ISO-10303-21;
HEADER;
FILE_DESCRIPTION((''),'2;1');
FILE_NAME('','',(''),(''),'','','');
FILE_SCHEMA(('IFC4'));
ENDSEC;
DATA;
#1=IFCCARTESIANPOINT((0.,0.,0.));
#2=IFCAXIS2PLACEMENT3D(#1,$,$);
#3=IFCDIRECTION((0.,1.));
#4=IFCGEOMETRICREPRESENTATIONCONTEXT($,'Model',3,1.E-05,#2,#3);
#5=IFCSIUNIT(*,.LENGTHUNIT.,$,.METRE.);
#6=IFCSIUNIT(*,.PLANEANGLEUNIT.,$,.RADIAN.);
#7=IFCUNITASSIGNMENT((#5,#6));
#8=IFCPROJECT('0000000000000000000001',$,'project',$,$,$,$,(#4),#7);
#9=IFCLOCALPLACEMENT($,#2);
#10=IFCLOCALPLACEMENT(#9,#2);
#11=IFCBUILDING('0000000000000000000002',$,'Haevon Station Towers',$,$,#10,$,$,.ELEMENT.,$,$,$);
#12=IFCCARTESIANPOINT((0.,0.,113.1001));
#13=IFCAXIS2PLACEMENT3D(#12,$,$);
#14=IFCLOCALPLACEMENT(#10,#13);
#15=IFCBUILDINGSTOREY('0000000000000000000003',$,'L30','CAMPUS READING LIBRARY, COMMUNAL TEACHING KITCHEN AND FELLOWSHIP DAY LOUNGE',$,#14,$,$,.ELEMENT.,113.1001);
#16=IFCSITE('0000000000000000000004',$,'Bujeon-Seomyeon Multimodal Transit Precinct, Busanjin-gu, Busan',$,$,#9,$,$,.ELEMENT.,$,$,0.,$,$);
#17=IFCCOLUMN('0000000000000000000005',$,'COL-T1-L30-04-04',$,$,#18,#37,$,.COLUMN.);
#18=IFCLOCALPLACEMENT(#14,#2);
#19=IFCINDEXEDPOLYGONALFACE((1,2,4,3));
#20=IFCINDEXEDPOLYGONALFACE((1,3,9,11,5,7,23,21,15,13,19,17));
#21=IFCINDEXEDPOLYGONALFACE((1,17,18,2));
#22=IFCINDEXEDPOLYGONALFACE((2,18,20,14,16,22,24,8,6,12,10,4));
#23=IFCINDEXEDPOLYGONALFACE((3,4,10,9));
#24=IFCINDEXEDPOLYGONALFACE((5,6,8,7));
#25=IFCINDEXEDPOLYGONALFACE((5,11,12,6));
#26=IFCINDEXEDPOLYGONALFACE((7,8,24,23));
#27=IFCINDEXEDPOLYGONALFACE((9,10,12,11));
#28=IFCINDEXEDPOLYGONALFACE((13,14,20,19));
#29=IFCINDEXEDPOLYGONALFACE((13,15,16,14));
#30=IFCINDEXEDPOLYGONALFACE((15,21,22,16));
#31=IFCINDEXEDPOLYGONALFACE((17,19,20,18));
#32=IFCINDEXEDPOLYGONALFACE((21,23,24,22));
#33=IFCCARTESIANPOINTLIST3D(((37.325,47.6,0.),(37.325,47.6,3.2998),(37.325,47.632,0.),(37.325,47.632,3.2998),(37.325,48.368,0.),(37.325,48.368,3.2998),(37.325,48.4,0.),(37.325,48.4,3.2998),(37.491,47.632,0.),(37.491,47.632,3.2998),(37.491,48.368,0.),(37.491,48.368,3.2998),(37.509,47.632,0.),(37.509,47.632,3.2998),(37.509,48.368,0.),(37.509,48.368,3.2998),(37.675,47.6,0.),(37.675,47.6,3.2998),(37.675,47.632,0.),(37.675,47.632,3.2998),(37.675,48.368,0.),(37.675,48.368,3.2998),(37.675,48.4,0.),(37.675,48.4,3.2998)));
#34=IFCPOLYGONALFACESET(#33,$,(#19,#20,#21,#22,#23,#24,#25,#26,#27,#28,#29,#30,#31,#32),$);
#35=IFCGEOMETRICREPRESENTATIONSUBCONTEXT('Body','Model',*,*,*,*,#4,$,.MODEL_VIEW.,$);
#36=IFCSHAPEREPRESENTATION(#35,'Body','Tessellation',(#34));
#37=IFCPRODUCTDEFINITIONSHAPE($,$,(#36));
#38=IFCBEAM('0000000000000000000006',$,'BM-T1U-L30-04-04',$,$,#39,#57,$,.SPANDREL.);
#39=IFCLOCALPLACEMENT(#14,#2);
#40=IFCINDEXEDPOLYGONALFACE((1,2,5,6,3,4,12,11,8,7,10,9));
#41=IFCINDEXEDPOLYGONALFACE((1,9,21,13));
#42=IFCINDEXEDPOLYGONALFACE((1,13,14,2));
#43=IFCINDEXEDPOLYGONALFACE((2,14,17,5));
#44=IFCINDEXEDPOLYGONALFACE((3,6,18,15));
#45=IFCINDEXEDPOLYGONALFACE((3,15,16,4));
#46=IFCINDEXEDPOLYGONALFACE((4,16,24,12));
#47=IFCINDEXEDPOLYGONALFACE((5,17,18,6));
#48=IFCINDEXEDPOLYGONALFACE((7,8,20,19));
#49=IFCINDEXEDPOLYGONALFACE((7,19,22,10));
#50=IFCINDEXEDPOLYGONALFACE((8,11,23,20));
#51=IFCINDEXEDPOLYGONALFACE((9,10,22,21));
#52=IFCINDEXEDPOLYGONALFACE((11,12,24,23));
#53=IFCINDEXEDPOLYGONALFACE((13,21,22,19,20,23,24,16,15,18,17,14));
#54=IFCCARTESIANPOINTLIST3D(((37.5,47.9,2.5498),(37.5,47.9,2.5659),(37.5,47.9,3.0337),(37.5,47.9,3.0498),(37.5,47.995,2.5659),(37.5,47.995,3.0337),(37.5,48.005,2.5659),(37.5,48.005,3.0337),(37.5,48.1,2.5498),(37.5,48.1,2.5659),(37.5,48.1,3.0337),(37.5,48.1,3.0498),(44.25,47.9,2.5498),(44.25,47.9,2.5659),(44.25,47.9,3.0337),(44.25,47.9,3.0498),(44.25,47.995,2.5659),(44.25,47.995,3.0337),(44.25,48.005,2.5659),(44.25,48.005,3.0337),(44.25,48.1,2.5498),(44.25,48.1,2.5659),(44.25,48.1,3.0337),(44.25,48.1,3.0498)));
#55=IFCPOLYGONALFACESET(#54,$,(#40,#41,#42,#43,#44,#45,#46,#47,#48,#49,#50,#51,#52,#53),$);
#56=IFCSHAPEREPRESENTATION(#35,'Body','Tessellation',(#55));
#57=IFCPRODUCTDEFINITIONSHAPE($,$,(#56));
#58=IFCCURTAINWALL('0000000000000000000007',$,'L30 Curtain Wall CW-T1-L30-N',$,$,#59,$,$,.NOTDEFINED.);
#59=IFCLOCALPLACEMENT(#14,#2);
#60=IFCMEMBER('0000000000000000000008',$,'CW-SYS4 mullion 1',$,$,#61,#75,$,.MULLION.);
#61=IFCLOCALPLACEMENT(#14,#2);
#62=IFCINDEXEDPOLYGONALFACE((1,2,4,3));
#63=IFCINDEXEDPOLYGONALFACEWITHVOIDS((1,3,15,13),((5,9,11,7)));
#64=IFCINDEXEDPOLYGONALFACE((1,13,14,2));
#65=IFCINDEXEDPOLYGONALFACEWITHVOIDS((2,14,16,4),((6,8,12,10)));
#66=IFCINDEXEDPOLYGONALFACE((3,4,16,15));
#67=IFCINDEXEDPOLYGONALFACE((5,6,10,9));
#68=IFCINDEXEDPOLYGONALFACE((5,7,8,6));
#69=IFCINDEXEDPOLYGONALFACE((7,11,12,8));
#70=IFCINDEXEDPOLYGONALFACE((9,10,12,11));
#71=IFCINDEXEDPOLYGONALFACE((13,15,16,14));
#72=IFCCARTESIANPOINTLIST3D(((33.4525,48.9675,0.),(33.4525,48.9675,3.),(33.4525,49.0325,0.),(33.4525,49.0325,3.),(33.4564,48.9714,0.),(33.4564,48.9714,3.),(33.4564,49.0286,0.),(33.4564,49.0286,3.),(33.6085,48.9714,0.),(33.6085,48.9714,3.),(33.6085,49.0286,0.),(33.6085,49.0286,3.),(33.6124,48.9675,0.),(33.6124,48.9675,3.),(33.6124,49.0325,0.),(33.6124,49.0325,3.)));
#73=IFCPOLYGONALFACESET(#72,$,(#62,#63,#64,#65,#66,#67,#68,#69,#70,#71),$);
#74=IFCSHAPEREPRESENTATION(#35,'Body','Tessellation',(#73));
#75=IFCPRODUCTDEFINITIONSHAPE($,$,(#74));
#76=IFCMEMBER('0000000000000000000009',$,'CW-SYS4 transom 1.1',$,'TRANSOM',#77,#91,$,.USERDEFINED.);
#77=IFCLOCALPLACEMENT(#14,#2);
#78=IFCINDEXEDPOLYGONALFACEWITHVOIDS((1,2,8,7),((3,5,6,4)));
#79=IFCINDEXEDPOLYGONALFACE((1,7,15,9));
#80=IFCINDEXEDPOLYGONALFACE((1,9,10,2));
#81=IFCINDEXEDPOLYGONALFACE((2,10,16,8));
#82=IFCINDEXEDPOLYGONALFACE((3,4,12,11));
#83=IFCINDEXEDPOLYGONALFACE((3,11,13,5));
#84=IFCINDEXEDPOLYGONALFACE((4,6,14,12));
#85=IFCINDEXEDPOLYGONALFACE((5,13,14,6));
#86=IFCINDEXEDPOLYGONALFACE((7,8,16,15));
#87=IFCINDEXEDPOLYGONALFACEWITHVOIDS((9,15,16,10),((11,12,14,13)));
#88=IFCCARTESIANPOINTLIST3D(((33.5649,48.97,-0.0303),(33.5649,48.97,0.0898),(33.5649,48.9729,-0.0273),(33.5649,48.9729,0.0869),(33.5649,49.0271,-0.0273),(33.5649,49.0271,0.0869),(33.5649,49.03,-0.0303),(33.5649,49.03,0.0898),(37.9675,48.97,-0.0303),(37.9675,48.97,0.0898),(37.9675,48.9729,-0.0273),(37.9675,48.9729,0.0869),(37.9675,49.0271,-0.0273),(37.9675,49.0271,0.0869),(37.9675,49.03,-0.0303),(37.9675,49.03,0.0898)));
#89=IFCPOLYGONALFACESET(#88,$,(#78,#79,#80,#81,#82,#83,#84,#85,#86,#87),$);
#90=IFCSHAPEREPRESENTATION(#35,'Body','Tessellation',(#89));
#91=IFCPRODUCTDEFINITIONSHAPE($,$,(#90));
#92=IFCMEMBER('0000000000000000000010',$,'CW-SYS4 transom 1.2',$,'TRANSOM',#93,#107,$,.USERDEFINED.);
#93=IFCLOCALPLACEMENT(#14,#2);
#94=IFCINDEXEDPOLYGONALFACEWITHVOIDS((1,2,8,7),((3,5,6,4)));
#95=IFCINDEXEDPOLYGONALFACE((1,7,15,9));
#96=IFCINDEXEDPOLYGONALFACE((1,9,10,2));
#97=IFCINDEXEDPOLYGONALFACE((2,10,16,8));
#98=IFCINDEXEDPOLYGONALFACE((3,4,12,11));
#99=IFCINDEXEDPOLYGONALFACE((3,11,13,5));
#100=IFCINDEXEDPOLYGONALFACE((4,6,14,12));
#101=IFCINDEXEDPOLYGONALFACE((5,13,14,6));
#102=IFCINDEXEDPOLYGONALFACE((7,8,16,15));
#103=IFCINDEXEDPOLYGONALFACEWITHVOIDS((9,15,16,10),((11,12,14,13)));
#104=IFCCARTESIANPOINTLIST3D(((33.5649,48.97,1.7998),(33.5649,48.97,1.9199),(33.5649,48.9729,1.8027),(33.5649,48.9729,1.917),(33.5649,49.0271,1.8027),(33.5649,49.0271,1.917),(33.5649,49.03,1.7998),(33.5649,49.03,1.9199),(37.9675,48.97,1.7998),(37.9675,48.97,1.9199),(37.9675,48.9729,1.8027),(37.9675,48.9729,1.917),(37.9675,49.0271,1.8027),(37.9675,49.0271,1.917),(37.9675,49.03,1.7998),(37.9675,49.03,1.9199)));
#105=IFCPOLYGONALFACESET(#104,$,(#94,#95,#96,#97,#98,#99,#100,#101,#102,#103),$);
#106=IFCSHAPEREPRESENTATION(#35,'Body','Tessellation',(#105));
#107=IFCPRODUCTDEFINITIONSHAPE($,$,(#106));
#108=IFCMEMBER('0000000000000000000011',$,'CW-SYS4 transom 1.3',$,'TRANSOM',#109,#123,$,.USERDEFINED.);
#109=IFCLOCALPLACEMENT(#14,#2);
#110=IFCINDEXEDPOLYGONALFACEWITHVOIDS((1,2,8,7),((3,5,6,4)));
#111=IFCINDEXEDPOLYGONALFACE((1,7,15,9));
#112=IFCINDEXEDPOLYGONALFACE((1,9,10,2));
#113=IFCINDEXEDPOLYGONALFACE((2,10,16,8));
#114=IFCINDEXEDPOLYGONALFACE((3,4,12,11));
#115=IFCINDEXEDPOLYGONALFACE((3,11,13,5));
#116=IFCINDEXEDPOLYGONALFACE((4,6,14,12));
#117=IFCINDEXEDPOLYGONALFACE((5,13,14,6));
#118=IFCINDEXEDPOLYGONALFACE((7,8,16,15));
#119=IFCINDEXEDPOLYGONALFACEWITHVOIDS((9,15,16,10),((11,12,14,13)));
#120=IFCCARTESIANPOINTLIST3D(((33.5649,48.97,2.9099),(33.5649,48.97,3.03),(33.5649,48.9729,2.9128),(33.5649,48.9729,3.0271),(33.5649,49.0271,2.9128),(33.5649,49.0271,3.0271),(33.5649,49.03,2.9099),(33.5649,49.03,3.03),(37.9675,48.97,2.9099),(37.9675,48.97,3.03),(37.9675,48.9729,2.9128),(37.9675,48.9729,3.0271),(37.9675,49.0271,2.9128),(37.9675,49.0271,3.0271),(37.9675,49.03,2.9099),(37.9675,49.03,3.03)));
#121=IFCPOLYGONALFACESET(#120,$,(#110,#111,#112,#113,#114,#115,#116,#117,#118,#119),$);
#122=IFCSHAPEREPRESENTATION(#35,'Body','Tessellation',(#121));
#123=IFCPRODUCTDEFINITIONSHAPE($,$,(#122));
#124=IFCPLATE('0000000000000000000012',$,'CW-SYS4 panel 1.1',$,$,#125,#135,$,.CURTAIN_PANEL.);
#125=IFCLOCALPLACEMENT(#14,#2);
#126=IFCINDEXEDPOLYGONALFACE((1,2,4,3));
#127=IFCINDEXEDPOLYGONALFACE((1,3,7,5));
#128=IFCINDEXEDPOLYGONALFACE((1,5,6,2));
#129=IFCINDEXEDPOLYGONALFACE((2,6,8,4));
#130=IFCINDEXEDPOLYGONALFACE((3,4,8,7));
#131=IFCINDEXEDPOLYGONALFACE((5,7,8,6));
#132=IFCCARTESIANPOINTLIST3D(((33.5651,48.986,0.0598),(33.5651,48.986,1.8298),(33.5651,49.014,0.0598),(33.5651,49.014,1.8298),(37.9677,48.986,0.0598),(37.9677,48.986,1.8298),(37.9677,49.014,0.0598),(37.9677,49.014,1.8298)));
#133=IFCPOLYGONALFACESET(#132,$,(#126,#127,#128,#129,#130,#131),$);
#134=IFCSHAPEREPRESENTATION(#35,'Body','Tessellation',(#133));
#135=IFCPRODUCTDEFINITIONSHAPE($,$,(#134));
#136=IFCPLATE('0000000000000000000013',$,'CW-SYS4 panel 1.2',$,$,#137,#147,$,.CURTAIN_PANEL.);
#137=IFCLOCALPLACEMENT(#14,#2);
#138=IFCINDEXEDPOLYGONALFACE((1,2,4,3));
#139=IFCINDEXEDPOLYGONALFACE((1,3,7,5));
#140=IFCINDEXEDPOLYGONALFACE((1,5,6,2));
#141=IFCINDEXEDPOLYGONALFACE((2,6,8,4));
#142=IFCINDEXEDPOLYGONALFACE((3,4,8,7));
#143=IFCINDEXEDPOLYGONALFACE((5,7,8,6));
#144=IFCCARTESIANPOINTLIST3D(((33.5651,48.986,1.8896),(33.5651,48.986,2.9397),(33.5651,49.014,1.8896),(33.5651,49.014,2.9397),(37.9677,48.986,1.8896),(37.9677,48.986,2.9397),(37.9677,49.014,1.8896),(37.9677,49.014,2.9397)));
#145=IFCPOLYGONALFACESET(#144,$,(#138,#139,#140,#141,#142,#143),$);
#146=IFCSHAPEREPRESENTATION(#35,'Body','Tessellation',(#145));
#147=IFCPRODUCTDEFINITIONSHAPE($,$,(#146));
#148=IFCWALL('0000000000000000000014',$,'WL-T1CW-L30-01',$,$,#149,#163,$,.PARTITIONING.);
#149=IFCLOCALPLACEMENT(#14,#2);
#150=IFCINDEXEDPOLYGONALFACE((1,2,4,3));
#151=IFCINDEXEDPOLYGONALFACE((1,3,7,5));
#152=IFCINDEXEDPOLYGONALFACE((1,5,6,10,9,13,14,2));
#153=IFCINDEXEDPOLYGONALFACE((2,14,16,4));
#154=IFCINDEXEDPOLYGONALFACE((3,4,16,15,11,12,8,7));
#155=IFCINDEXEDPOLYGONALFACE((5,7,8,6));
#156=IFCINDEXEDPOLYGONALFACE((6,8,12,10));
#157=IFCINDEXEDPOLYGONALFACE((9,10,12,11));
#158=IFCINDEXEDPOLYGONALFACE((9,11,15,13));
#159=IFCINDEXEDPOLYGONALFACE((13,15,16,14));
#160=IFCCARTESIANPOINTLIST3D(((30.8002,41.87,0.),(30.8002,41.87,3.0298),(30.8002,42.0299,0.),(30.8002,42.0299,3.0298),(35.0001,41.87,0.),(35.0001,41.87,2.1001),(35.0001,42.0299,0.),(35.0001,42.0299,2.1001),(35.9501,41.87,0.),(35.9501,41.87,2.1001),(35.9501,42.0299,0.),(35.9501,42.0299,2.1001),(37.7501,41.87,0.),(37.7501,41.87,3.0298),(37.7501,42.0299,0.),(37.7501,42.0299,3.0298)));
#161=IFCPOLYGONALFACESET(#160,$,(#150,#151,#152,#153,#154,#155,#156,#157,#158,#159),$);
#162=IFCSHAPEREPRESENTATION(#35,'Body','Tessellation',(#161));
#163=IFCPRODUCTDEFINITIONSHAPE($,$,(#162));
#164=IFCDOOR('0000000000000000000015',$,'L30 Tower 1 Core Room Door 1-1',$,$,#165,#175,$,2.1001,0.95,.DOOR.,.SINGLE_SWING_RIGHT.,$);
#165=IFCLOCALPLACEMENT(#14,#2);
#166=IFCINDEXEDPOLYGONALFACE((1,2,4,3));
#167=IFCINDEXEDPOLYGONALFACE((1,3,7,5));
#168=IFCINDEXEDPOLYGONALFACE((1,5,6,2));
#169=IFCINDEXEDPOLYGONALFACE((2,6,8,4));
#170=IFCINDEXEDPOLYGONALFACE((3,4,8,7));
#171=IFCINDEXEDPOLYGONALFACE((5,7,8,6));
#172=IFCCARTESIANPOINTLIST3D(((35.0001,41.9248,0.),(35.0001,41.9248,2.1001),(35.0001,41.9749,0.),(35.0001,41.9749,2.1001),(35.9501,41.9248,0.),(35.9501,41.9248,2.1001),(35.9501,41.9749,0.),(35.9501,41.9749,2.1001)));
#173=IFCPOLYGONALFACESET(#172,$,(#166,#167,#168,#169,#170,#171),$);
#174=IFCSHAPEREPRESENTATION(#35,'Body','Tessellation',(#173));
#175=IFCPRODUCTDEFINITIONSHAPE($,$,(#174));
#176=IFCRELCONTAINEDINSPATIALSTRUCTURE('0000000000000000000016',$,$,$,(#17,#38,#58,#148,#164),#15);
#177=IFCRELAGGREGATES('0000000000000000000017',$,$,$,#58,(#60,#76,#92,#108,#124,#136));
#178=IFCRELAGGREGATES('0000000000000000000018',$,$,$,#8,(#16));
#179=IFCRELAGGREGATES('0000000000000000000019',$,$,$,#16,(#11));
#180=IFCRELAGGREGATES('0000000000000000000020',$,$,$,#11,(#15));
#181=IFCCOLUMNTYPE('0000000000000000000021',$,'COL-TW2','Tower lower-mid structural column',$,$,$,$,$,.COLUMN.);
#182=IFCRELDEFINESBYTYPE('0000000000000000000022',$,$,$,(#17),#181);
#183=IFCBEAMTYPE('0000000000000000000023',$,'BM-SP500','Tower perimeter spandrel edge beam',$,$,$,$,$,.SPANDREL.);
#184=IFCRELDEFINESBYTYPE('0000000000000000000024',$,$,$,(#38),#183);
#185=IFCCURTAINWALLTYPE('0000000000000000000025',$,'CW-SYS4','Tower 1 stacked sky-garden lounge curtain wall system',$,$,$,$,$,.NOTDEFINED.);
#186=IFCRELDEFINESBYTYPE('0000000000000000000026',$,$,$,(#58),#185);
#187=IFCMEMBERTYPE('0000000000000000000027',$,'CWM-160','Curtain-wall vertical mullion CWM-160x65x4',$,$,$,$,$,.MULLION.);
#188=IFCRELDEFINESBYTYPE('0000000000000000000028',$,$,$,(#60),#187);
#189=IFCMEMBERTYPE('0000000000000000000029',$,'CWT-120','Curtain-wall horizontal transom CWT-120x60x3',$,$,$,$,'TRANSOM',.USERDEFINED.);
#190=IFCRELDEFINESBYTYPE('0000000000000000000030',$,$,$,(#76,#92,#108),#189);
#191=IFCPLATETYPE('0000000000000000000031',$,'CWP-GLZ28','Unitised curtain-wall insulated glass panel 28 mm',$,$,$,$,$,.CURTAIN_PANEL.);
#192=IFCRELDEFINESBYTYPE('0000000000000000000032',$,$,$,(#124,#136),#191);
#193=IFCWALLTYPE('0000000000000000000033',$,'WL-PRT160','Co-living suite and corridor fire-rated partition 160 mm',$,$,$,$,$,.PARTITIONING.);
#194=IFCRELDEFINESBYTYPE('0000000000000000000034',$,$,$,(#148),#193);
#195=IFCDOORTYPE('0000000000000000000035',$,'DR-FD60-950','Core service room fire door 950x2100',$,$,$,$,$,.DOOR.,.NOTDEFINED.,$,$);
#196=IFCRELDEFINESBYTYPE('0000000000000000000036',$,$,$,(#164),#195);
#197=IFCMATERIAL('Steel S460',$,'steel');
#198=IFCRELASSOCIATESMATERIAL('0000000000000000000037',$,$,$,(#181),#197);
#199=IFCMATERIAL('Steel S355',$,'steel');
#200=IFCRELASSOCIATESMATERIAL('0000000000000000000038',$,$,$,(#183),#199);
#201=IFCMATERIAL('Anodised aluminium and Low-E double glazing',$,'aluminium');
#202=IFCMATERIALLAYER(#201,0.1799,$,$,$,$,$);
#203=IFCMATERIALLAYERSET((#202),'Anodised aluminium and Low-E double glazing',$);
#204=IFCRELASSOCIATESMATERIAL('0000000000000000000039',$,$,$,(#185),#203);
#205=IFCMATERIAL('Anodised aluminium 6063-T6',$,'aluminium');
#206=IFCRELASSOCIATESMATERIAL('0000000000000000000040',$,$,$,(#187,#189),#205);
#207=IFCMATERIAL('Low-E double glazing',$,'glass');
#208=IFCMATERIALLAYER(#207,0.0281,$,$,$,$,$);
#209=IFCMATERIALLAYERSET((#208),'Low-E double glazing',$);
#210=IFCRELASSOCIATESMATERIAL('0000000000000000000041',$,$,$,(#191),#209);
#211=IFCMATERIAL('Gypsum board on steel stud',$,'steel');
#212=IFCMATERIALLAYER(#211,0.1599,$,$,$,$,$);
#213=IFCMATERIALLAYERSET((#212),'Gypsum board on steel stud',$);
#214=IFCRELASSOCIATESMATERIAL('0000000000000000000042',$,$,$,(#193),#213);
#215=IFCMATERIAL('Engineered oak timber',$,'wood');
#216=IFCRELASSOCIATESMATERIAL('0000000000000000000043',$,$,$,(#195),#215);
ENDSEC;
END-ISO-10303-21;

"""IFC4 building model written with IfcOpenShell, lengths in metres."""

from ifc_helpers import new_model, si_unit, direction, frame, frame_2d, origin, origin_2d, place, context, subcontext, project, spatial, rectangle, hollow_rectangle, i_section, extrude, material, layer, layer_set, material_profile, profile_set, type_object, element, fill, aggregate, save


model = new_model("IFC4")

# Units and contexts
model_context = context("Model", 3, precision=1e-05, world=origin(), true_north=direction((0.0, 1.0)))
body_context = subcontext(model_context, "Body", "Model", "MODEL_VIEW")
ifc_project = project(units=[si_unit("LENGTHUNIT", "METRE"), si_unit("PLANEANGLEUNIT", "RADIAN")], contexts=[model_context])

# Site, building, storey
site_placement = place(None, origin())
site = spatial("IfcSite", under=ifc_project, at=site_placement, Name="Bujeon-Seomyeon Multimodal Transit Precinct, Busanjin-gu, Busan", CompositionType="ELEMENT", RefElevation=0.0)
building_placement = place(site_placement, origin())
building = spatial("IfcBuilding", under=site, at=building_placement, Name="Haevon Station Towers", CompositionType="ELEMENT")
storey_placement = place(building_placement, frame((0.0, 0.0, 113.1001)))
storey = spatial("IfcBuildingStorey", under=building, at=storey_placement, Name="L30", Description="CAMPUS READING LIBRARY, COMMUNAL TEACHING KITCHEN AND FELLOWSHIP DAY LOUNGE", CompositionType="ELEMENT", Elevation=113.1001)

# Column
ifc_material_1 = material(Name="Steel S460", Category="steel")
ifc_material_profile_1 = material_profile(ifc_material_1, i_section(OverallWidth=0.3501, OverallDepth=0.8, WebThickness=0.0181, FlangeThickness=0.032, at=origin_2d()), Name="H-800x350x18x32")
ifc_profile_set_1 = profile_set([ifc_material_profile_1], Name="Steel S460")
column_type = type_object("IfcColumnType", Name="COL-TW2", Description="Tower lower-mid structural column", PredefinedType="COLUMN", material=ifc_profile_set_1)
column_placement = place(storey_placement, frame((37.5, 48.0, 0.0), z_axis=(0.0, 0.0, 1.0), x_axis=(1.0, 0.0, 0.0)))
element("IfcColumn", 1, at=column_placement, inside=storey, type_object=column_type, Name="COL-T1-L30-04-04", PredefinedType="COLUMN", context=body_context, shape_type="SweptSolid", body=[
    extrude(i_section(OverallWidth=0.3501, OverallDepth=0.8, WebThickness=0.0181, FlangeThickness=0.032, at=origin_2d()), origin(), (0.0, 0.0, 1.0), 3.2998),
])

# Beam
ifc_material_2 = material(Name="Steel S355", Category="steel")
ifc_material_profile_2 = material_profile(ifc_material_2, i_section(OverallWidth=0.2, OverallDepth=0.5, WebThickness=0.01, FlangeThickness=0.0161, at=origin_2d()), Name="H-500x200x10x16")
ifc_profile_set_2 = profile_set([ifc_material_profile_2], Name="Steel S355")
beam_type = type_object("IfcBeamType", Name="BM-SP500", Description="Tower perimeter spandrel edge beam", PredefinedType="SPANDREL", material=ifc_profile_set_2)
beam_placement = place(storey_placement, frame((37.5, 48.0, 2.7998), z_axis=(1.0, 0.0, 0.0), x_axis=(0.0, 1.0, 0.0)))
element("IfcBeam", 2, at=beam_placement, inside=storey, type_object=beam_type, Name="BM-T1U-L30-04-04", PredefinedType="SPANDREL", context=body_context, shape_type="SweptSolid", body=[
    extrude(i_section(OverallWidth=0.2, OverallDepth=0.5, WebThickness=0.01, FlangeThickness=0.0161, at=origin_2d()), origin(), (0.0, 0.0, 1.0), 6.75),
])

# Curtain wall, members, plates
ifc_material_3 = material(Name="Anodised aluminium and Low-E double glazing", Category="aluminium")
ifc_layer_1 = layer(ifc_material_3, 0.1799)
ifc_layer_set_1 = layer_set([ifc_layer_1], Name="Anodised aluminium and Low-E double glazing")
curtain_wall_type = type_object("IfcCurtainWallType", Name="CW-SYS4", Description="Tower 1 stacked sky-garden lounge curtain wall system", PredefinedType="NOTDEFINED", material=ifc_layer_set_1)
curtain_wall_placement = place(storey_placement, origin())
curtain_wall = element("IfcCurtainWall", 3, at=curtain_wall_placement, inside=storey, type_object=curtain_wall_type, Name="L30 Curtain Wall CW-T1-L30-N", PredefinedType="NOTDEFINED")
ifc_material_4 = material(Name="Anodised aluminium 6063-T6", Category="aluminium")
ifc_material_profile_3 = material_profile(ifc_material_4, hollow_rectangle(XDim=0.0649, YDim=0.1599, WallThickness=0.0039, at=origin_2d()), Name="CWM-160x65x4")
ifc_profile_set_3 = profile_set([ifc_material_profile_3], Name="Anodised aluminium 6063-T6")
member_type_1 = type_object("IfcMemberType", Name="CWM-160", Description="Curtain-wall vertical mullion CWM-160x65x4", PredefinedType="MULLION", material=ifc_profile_set_3)
member_1_placement = place(storey_placement, frame((33.5325, 49.0, 0.0), z_axis=(0.0, 0.0, 1.0), x_axis=(0.0, 1.0, 0.0)))
member_1 = element("IfcMember", 4, at=member_1_placement, type_object=member_type_1, Name="CW-SYS4 mullion 1", PredefinedType="MULLION", context=body_context, shape_type="SweptSolid", body=[
    extrude(hollow_rectangle(XDim=0.0649, YDim=0.1599, WallThickness=0.0039, at=origin_2d()), origin(), (0.0, 0.0, 1.0), 3.0),
])
ifc_material_profile_4 = material_profile(ifc_material_4, hollow_rectangle(XDim=0.0601, YDim=0.1201, WallThickness=0.0029, at=origin_2d()), Name="CWT-120x60x3")
ifc_profile_set_4 = profile_set([ifc_material_profile_4], Name="Anodised aluminium 6063-T6")
member_type_2 = type_object("IfcMemberType", Name="CWT-120", Description="Curtain-wall horizontal transom CWT-120x60x3", ElementType="TRANSOM", PredefinedType="USERDEFINED", material=ifc_profile_set_4)
member_2_placement = place(storey_placement, frame((33.5649, 49.0, 0.0298), z_axis=(1.0, 0.0, 0.0), x_axis=(0.0, 1.0, 0.0)))
member_2 = element("IfcMember", 5, at=member_2_placement, type_object=member_type_2, Name="CW-SYS4 transom 1.1", ObjectType="TRANSOM", PredefinedType="USERDEFINED", context=body_context, shape_type="SweptSolid", body=[
    extrude(hollow_rectangle(XDim=0.0601, YDim=0.1201, WallThickness=0.0029, at=origin_2d()), origin(), (0.0, 0.0, 1.0), 4.4026),
])
member_3_placement = place(storey_placement, frame((33.5649, 49.0, 1.8599), z_axis=(1.0, 0.0, 0.0), x_axis=(0.0, 1.0, 0.0)))
member_3 = element("IfcMember", 6, at=member_3_placement, type_object=member_type_2, Name="CW-SYS4 transom 1.2", ObjectType="TRANSOM", PredefinedType="USERDEFINED", context=body_context, shape_type="SweptSolid", body=[
    extrude(hollow_rectangle(XDim=0.0601, YDim=0.1201, WallThickness=0.0029, at=origin_2d()), origin(), (0.0, 0.0, 1.0), 4.4026),
])
member_4_placement = place(storey_placement, frame((33.5649, 49.0, 2.97), z_axis=(1.0, 0.0, 0.0), x_axis=(0.0, 1.0, 0.0)))
member_4 = element("IfcMember", 7, at=member_4_placement, type_object=member_type_2, Name="CW-SYS4 transom 1.3", ObjectType="TRANSOM", PredefinedType="USERDEFINED", context=body_context, shape_type="SweptSolid", body=[
    extrude(hollow_rectangle(XDim=0.0601, YDim=0.1201, WallThickness=0.0029, at=origin_2d()), origin(), (0.0, 0.0, 1.0), 4.4026),
])
ifc_material_5 = material(Name="Low-E double glazing", Category="glass")
ifc_layer_2 = layer(ifc_material_5, 0.0281)
ifc_layer_set_2 = layer_set([ifc_layer_2], Name="Low-E double glazing")
plate_type = type_object("IfcPlateType", Name="CWP-GLZ28", Description="Unitised curtain-wall insulated glass panel 28 mm", PredefinedType="CURTAIN_PANEL", material=ifc_layer_set_2)
plate_1_placement = place(storey_placement, frame((35.7664, 49.0, 0.0598), z_axis=(0.0, 0.0, 1.0), x_axis=(1.0, 0.0, 0.0)))
plate_1 = element("IfcPlate", 8, at=plate_1_placement, type_object=plate_type, Name="CW-SYS4 panel 1.1", PredefinedType="CURTAIN_PANEL", context=body_context, shape_type="SweptSolid", body=[
    extrude(rectangle(XDim=4.4026, YDim=0.0281, at=origin_2d()), origin(), (0.0, 0.0, 1.0), 1.77),
])
plate_2_placement = place(storey_placement, frame((35.7664, 49.0, 1.8896), z_axis=(0.0, 0.0, 1.0), x_axis=(1.0, 0.0, 0.0)))
plate_2 = element("IfcPlate", 9, at=plate_2_placement, type_object=plate_type, Name="CW-SYS4 panel 1.2", PredefinedType="CURTAIN_PANEL", context=body_context, shape_type="SweptSolid", body=[
    extrude(rectangle(XDim=4.4026, YDim=0.0281, at=origin_2d()), origin(), (0.0, 0.0, 1.0), 1.05),
])
aggregate(curtain_wall, [member_1, member_2, member_3, member_4, plate_1, plate_2])

# Wall, opening, door
ifc_material_6 = material(Name="Gypsum board on steel stud", Category="steel")
ifc_layer_3 = layer(ifc_material_6, 0.1599)
ifc_layer_set_3 = layer_set([ifc_layer_3], Name="Gypsum board on steel stud")
wall_type_1 = type_object("IfcWallType", Name="WL-PRT160", Description="Co-living suite and corridor fire-rated partition 160 mm", PredefinedType="PARTITIONING", material=ifc_layer_set_3)
wall_1_placement = place(storey_placement, frame((30.8, 41.95, 0.0), z_axis=(0.0, 0.0, 1.0), x_axis=(1.0, 0.0, 0.0)))
wall_1 = element("IfcWall", 10, at=wall_1_placement, inside=storey, type_object=wall_type_1, Name="WL-T1CW-L30-01", PredefinedType="PARTITIONING", context=body_context, shape_type="SweptSolid", body=[
    extrude(rectangle(XDim=6.95, YDim=0.1599, at=frame_2d((3.4751, 0.0))), origin(), (0.0, 0.0, 1.0), 3.0298),
])
opening_1_placement = place(wall_1_placement, frame((4.2, 0.0, 0.0)))
opening_1 = element("IfcOpeningElement", 11, at=opening_1_placement, cuts=wall_1, PredefinedType="OPENING", context=body_context, shape_type="SweptSolid", body=[
    extrude(rectangle(XDim=0.95, YDim=2.1001, at=frame_2d((0.4751, 1.05))), frame((0.0, 0.0898, 0.0), z_axis=(0.0, -1.0, 0.0), x_axis=(1.0, 0.0, 0.0)), (0.0, 0.0, 1.0), 0.1799),
])
ifc_material_7 = material(Name="Engineered oak timber", Category="wood")
door_type_1 = type_object("IfcDoorType", Name="DR-FD60-950", Description="Core service room fire door 950x2100", OperationType="NOTDEFINED", PredefinedType="DOOR", material=ifc_material_7)
door_1_placement = place(opening_1_placement, origin())
door_1 = element("IfcDoor", 12, at=door_1_placement, inside=storey, type_object=door_type_1, Name="L30 Tower 1 Core Room Door 1-1", OperationType="SINGLE_SWING_RIGHT", OverallHeight=2.1001, OverallWidth=0.95, PredefinedType="DOOR", context=body_context, shape_type="SweptSolid", body=[
    extrude(rectangle(XDim=0.95, YDim=2.1001, at=frame_2d((0.4751, 1.05))), frame((0.0, 0.0249, 0.0), z_axis=(0.0, -1.0, 0.0), x_axis=(1.0, 0.0, 0.0)), (0.0, 0.0, 1.0), 0.05),
])
fill(opening_1, door_1)

save(model, "model.ifc")
